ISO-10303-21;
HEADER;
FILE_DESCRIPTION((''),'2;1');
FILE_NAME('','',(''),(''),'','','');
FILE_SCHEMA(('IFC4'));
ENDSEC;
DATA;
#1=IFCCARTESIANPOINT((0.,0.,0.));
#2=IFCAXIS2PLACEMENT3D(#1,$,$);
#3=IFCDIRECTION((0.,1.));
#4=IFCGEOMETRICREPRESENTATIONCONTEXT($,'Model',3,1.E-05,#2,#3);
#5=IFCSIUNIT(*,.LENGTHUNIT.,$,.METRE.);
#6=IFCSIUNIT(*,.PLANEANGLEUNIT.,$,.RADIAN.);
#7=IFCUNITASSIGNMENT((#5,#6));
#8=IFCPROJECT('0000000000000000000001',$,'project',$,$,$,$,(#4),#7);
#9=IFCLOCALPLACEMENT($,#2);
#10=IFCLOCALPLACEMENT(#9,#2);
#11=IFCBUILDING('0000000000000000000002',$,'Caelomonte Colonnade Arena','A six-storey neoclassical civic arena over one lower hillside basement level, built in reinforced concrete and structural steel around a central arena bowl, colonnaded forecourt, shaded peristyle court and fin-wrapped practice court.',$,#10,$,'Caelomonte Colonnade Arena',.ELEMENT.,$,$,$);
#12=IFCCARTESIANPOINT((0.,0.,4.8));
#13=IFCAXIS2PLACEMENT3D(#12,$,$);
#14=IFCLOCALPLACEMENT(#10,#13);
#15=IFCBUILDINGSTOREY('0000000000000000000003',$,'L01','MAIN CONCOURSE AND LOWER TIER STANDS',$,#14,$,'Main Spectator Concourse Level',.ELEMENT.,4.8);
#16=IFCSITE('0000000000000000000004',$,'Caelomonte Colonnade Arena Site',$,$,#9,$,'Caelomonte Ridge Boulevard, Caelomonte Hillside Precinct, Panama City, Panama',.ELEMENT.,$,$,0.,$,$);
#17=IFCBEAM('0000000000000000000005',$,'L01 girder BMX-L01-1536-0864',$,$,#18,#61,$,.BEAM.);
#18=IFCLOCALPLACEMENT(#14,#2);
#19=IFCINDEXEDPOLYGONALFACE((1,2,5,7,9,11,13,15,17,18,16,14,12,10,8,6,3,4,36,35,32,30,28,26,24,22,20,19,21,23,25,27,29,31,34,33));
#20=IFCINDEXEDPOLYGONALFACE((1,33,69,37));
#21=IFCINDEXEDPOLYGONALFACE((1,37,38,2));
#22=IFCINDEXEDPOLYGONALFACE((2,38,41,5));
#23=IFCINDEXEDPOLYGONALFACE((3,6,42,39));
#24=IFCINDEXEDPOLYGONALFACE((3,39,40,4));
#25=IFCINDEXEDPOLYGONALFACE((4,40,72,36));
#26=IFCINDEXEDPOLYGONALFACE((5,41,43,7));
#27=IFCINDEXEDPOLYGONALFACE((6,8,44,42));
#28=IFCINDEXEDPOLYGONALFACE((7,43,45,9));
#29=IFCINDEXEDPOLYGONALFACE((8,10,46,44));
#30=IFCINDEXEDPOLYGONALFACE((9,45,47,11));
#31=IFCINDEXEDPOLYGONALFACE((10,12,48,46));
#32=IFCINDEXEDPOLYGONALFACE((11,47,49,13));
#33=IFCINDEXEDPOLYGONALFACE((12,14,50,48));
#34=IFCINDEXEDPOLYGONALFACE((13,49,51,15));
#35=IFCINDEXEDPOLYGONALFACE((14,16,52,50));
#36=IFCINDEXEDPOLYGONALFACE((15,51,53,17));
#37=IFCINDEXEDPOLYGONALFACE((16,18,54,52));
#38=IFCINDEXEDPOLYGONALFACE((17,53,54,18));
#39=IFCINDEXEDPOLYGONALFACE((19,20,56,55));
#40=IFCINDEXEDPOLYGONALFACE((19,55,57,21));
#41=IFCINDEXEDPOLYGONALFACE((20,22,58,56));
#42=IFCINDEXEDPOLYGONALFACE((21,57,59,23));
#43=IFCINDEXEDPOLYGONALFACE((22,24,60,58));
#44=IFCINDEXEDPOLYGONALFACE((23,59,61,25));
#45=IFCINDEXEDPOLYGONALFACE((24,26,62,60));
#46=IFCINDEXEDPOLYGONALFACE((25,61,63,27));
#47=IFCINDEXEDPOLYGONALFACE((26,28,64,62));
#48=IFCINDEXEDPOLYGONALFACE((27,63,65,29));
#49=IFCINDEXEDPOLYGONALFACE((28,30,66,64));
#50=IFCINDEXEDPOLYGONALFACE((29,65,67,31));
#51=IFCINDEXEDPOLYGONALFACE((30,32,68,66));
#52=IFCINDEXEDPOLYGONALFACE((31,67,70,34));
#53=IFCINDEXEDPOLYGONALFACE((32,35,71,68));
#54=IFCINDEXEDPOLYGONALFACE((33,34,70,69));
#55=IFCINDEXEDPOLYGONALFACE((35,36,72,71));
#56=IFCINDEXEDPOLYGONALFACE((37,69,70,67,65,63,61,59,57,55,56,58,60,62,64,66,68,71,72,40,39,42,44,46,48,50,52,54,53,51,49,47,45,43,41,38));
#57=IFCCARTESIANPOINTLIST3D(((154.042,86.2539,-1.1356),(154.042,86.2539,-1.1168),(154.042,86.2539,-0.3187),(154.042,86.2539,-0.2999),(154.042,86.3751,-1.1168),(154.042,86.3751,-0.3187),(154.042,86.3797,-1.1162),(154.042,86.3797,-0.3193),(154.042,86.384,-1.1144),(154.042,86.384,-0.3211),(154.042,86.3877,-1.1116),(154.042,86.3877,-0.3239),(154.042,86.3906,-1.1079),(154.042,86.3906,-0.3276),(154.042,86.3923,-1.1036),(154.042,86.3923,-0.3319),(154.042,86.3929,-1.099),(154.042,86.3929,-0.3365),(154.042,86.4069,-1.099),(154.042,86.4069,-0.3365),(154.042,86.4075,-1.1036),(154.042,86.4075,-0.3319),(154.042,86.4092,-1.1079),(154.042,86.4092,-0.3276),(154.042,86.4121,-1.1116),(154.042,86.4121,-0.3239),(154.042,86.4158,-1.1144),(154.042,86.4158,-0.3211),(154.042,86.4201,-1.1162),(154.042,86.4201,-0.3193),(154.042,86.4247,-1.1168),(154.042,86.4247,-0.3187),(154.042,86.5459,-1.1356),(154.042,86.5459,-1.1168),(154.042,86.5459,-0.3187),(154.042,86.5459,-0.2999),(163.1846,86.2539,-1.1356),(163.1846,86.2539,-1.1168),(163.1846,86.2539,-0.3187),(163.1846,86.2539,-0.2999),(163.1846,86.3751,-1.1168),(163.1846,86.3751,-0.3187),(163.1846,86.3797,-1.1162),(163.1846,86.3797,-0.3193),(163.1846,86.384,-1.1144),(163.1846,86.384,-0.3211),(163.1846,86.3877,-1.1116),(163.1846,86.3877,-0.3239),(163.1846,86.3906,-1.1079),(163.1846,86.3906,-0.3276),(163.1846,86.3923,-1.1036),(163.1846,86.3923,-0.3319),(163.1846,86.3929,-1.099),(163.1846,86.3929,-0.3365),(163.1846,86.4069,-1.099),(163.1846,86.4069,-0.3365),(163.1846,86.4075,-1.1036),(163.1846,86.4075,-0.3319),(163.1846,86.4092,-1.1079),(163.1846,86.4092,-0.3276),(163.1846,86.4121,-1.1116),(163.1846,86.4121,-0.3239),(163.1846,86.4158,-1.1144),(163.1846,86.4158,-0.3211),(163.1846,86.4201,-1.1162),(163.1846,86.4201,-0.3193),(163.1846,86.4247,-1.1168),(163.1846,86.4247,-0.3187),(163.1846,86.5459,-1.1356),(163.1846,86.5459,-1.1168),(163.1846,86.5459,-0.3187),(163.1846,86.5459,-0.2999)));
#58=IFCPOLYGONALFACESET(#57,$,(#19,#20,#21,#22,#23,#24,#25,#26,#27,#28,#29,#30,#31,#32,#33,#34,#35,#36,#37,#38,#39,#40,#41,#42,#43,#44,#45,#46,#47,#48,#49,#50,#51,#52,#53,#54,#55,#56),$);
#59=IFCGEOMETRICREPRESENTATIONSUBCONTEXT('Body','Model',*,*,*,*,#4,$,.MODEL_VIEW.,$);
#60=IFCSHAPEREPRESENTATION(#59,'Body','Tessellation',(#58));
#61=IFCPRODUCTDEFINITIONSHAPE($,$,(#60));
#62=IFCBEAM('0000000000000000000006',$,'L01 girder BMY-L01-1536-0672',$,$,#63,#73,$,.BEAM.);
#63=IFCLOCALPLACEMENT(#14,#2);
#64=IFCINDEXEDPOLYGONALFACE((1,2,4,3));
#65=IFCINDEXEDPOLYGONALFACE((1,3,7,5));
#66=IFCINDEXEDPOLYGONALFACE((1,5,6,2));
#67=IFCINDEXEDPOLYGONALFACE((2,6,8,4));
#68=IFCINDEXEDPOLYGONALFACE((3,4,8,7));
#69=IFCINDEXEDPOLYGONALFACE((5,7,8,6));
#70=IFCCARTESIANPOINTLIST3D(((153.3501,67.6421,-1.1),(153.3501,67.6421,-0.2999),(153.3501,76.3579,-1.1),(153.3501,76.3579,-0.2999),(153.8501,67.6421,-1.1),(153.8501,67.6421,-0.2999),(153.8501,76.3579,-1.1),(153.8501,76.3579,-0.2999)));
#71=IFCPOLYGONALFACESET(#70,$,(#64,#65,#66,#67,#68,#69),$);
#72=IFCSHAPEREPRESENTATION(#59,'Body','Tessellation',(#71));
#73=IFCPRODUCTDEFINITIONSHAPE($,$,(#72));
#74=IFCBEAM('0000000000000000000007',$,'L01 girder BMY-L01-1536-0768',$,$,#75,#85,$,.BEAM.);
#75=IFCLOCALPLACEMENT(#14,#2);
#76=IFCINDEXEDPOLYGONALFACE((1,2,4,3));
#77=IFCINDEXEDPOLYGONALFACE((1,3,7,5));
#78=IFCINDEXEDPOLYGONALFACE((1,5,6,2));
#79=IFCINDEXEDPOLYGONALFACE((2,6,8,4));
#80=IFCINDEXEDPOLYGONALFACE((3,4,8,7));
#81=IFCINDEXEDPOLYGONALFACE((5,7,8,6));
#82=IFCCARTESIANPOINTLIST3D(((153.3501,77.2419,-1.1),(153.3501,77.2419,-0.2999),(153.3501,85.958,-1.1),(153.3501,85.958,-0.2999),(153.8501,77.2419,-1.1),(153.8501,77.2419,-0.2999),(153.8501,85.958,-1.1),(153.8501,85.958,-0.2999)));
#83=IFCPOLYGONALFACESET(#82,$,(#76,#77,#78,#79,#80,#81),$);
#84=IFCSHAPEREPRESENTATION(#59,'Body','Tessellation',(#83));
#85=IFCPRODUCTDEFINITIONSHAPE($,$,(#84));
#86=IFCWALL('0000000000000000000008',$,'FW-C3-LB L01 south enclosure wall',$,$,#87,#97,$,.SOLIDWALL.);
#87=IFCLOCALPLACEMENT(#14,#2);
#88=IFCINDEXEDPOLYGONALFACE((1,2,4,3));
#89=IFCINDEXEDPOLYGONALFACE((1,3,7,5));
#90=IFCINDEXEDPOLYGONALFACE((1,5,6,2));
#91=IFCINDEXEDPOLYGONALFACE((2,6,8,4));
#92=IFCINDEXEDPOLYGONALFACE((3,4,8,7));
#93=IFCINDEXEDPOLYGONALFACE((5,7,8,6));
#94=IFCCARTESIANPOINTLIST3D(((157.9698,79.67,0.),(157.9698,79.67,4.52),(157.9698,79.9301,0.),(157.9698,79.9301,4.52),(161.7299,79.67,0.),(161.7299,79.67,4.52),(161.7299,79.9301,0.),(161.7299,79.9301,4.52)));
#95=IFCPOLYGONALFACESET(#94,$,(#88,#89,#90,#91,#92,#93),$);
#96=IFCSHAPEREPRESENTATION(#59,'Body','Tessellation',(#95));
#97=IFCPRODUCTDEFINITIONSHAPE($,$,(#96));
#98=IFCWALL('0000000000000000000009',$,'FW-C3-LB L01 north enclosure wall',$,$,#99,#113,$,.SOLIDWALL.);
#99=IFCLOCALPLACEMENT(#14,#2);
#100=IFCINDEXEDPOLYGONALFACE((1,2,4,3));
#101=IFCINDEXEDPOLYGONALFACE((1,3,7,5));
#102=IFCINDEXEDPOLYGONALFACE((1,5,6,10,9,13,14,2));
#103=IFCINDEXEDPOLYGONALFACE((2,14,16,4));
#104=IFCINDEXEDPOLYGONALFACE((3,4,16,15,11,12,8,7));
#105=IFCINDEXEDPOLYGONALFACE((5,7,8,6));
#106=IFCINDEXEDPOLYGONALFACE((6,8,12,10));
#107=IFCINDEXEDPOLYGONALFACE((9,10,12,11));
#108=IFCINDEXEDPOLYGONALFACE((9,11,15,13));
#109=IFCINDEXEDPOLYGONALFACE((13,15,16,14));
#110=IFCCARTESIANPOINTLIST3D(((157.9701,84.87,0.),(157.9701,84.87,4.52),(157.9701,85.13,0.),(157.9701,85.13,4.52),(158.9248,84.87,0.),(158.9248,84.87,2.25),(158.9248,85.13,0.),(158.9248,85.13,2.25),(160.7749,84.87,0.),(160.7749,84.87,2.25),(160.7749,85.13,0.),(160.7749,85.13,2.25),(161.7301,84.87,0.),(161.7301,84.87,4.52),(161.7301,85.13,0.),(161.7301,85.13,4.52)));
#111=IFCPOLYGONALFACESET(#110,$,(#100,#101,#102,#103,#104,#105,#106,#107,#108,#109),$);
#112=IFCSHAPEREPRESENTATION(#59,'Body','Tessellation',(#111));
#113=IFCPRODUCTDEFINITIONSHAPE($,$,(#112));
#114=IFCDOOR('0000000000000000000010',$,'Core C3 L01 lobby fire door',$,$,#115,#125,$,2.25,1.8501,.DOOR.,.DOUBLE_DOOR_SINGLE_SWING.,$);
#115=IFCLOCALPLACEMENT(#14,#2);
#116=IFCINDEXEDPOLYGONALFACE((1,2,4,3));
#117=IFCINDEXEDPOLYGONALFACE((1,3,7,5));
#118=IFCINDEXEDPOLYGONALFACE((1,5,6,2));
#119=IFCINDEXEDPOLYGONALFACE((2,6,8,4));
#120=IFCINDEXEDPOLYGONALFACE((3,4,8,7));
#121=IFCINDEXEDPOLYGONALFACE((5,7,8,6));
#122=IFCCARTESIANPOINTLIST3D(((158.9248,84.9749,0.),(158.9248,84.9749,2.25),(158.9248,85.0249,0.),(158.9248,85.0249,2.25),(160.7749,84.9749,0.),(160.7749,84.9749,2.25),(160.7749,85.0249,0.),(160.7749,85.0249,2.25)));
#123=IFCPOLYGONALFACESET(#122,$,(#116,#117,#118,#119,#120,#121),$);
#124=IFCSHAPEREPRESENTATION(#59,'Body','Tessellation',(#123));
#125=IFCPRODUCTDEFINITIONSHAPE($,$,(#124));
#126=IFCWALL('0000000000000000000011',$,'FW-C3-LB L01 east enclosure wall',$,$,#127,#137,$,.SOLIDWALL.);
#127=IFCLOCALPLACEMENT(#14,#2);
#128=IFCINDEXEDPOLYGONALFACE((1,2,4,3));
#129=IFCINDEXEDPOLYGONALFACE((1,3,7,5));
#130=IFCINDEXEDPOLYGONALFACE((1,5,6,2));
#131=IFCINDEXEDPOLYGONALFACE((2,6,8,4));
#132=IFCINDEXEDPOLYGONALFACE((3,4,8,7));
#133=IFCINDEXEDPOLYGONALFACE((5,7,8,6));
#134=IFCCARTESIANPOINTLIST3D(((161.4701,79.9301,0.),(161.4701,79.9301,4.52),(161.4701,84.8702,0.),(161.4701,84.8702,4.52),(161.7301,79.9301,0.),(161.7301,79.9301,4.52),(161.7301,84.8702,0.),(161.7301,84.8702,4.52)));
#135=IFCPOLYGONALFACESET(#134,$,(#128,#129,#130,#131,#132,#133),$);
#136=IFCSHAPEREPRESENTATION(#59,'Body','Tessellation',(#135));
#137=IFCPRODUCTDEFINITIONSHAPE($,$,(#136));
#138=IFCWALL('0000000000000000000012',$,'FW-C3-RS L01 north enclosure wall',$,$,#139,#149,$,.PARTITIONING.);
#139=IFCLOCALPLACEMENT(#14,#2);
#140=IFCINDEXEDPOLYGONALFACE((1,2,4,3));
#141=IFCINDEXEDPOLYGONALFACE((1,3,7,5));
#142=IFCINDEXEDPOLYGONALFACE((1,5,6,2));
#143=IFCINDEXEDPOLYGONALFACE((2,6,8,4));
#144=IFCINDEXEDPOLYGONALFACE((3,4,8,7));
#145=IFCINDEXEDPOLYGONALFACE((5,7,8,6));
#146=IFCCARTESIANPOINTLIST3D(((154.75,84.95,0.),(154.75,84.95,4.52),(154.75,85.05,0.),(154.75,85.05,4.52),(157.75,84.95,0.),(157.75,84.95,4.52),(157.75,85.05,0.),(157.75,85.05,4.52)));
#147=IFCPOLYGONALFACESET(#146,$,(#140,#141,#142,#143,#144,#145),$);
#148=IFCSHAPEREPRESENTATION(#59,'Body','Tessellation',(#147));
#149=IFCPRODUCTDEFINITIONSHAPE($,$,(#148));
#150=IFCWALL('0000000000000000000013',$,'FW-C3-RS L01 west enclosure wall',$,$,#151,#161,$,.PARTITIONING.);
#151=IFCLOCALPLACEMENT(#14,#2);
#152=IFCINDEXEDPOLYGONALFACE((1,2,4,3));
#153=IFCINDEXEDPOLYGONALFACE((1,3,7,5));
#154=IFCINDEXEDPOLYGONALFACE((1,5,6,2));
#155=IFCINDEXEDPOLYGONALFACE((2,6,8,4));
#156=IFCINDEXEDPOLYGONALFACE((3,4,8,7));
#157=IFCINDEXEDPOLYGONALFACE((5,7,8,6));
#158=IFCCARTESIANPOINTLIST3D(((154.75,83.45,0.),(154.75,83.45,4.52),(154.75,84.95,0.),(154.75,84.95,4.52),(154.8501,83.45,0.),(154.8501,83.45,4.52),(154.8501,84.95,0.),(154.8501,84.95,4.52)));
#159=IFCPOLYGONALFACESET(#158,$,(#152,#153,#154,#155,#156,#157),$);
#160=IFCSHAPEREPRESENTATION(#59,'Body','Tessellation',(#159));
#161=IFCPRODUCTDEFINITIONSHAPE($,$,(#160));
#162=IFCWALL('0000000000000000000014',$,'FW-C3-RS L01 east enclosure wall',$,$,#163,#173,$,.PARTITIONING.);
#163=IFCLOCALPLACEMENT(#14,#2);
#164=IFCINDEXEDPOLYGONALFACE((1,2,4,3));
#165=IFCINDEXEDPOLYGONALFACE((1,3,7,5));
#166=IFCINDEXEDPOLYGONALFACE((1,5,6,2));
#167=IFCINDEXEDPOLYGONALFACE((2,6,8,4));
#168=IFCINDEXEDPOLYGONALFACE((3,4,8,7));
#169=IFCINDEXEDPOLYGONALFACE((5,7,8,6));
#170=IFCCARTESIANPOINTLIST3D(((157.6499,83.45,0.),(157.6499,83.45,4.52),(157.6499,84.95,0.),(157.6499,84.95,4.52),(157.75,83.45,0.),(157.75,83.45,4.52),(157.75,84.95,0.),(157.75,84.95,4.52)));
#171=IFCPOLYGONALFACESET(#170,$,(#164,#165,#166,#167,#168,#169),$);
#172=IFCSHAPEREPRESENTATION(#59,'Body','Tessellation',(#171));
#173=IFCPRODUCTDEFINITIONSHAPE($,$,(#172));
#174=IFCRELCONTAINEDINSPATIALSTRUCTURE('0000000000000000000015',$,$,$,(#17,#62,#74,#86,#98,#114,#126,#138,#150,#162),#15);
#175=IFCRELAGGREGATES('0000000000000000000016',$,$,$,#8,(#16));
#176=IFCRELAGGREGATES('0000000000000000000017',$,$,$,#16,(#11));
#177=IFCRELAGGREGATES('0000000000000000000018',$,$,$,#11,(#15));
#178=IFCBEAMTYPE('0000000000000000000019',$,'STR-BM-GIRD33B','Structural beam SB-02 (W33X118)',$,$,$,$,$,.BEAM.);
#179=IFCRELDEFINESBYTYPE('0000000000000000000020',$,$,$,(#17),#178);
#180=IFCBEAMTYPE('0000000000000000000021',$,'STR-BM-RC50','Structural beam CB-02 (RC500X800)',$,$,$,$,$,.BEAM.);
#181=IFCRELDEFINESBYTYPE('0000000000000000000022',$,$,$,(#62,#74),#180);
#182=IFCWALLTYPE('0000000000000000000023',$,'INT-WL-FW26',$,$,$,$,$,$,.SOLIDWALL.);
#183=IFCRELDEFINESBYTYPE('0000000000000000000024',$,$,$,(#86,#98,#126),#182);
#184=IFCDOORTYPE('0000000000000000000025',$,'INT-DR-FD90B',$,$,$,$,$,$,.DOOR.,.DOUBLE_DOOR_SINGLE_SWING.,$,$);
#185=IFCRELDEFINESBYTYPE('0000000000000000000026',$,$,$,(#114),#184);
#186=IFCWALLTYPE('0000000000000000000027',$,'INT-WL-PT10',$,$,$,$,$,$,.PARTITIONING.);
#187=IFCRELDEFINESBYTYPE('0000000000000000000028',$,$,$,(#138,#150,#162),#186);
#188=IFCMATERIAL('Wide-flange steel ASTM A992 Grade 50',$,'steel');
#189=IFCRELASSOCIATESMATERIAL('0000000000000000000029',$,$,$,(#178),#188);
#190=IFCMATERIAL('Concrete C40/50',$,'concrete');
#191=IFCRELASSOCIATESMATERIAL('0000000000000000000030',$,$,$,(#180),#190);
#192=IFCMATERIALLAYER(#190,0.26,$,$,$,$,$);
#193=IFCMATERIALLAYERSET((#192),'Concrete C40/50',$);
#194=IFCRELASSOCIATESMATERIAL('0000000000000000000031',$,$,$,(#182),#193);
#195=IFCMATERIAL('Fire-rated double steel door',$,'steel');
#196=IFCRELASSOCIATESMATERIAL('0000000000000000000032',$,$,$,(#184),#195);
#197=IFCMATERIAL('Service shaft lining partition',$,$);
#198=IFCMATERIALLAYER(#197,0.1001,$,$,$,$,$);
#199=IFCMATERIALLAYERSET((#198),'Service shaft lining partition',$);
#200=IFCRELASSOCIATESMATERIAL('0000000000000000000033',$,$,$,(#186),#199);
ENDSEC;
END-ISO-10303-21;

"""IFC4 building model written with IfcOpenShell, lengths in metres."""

from ifc_helpers import new_model, si_unit, direction, frame, frame_2d, origin, origin_2d, place, context, subcontext, project, spatial, rectangle, i_section, extrude, material, layer, layer_set, material_profile, profile_set, type_object, element, fill, save


model = new_model("IFC4")

# Units and contexts
model_context = context("Model", 3, precision=1e-05, world=origin(), true_north=direction((0.0, 1.0)))
body_context = subcontext(model_context, "Body", "Model", "MODEL_VIEW")
ifc_project = project(units=[si_unit("LENGTHUNIT", "METRE"), si_unit("PLANEANGLEUNIT", "RADIAN")], contexts=[model_context])

# Site, building, storey
site_placement = place(None, origin())
site = spatial("IfcSite", under=ifc_project, at=site_placement, Name="Caelomonte Colonnade Arena Site", LongName="Caelomonte Ridge Boulevard, Caelomonte Hillside Precinct, Panama City, Panama", CompositionType="ELEMENT", RefElevation=0.0)
building_placement = place(site_placement, origin())
building = spatial("IfcBuilding", under=site, at=building_placement, Name="Caelomonte Colonnade Arena", Description="A six-storey neoclassical civic arena over one lower hillside basement level, built in reinforced concrete and structural steel around a central arena bowl, colonnaded forecourt, shaded peristyle court and fin-wrapped practice court.", LongName="Caelomonte Colonnade Arena", CompositionType="ELEMENT")
storey_placement = place(building_placement, frame((0.0, 0.0, 4.8)))
storey = spatial("IfcBuildingStorey", under=building, at=storey_placement, Name="L01", Description="MAIN CONCOURSE AND LOWER TIER STANDS", LongName="Main Spectator Concourse Level", CompositionType="ELEMENT", Elevation=4.8)

# Shared definitions
ifc_material_1 = material(Name="Wide-flange steel ASTM A992 Grade 50", Category="steel")

# Beams
ifc_material_profile_1 = material_profile(ifc_material_1, i_section(OverallWidth=0.292, OverallDepth=0.8357, WebThickness=0.0139, FlangeThickness=0.0188, FilletRadius=0.0178, at=origin_2d()), Name="W33X118")
ifc_profile_set_1 = profile_set([ifc_material_profile_1], Name="Wide-flange steel ASTM A992 Grade 50")
beam_type_1 = type_object("IfcBeamType", Name="STR-BM-GIRD33B", Description="Structural beam SB-02 (W33X118)", PredefinedType="BEAM", material=ifc_profile_set_1)
for number, where, z_axis, x_axis, name in (
    (1, (154.042, 86.3999, -0.7178), (1.0, 0.0, 0.0), (0.0, 1.0, 0.0), "L01 girder BMX-L01-1536-0864"),
):
    element("IfcBeam", number, at=place(storey_placement, frame(where, z_axis=z_axis, x_axis=x_axis)), inside=storey, type_object=beam_type_1, Name=name, PredefinedType="BEAM", context=body_context, shape_type="SweptSolid", body=[
        extrude(i_section(OverallWidth=0.292, OverallDepth=0.8357, WebThickness=0.0139, FlangeThickness=0.0188, FilletRadius=0.0178, at=origin_2d()), origin(), (0.0, 0.0, 1.0), 9.1426),
    ])
ifc_material_2 = material(Name="Concrete C40/50", Category="concrete")
ifc_material_profile_2 = material_profile(ifc_material_2, rectangle(XDim=0.5, YDim=0.8, at=origin_2d()), Name="RC500X800")
ifc_profile_set_2 = profile_set([ifc_material_profile_2], Name="Concrete C40/50")
beam_type_2 = type_object("IfcBeamType", Name="STR-BM-RC50", Description="Structural beam CB-02 (RC500X800)", PredefinedType="BEAM", material=ifc_profile_set_2)
beam_1_placement = place(storey_placement, frame((153.6001, 67.6421, -0.7), z_axis=(0.0, 1.0, 0.0), x_axis=(-1.0, 0.0, 0.0)))
element("IfcBeam", 2, at=beam_1_placement, inside=storey, type_object=beam_type_2, Name="L01 girder BMY-L01-1536-0672", PredefinedType="BEAM", context=body_context, shape_type="SweptSolid", body=[
    extrude(rectangle(XDim=0.5, YDim=0.8, at=origin_2d()), origin(), (0.0, 0.0, 1.0), 8.7158),
])
beam_2_placement = place(storey_placement, frame((153.6001, 77.2419, -0.7), z_axis=(0.0, 1.0, 0.0), x_axis=(-1.0, 0.0, 0.0)))
element("IfcBeam", 3, at=beam_2_placement, inside=storey, type_object=beam_type_2, Name="L01 girder BMY-L01-1536-0768", PredefinedType="BEAM", context=body_context, shape_type="SweptSolid", body=[
    extrude(rectangle(XDim=0.5, YDim=0.8, at=origin_2d()), origin(), (0.0, 0.0, 1.0), 8.7161),
])

# Wall
ifc_layer_1 = layer(ifc_material_2, 0.26)
ifc_layer_set_1 = layer_set([ifc_layer_1], Name="Concrete C40/50")
wall_type_1 = type_object("IfcWallType", Name="INT-WL-FW26", PredefinedType="SOLIDWALL", material=ifc_layer_set_1)
wall_1_placement = place(storey_placement, frame((157.97, 79.8, 0.0), z_axis=(0.0, 0.0, 1.0), x_axis=(1.0, 0.0, 0.0)))
element("IfcWall", 4, at=wall_1_placement, inside=storey, type_object=wall_type_1, Name="FW-C3-LB L01 south enclosure wall", PredefinedType="SOLIDWALL", context=body_context, shape_type="SweptSolid", body=[
    extrude(rectangle(XDim=3.76, YDim=0.26, at=frame_2d((1.8799, 0.0))), origin(), (0.0, 0.0, 1.0), 4.52),
])

# Wall, opening, door
wall_2_placement = place(storey_placement, frame((161.73, 85.0, 0.0), z_axis=(0.0, 0.0, 1.0), x_axis=(-1.0, 0.0, 0.0)))
wall_2 = element("IfcWall", 5, at=wall_2_placement, inside=storey, type_object=wall_type_1, Name="FW-C3-LB L01 north enclosure wall", PredefinedType="SOLIDWALL", context=body_context, shape_type="SweptSolid", body=[
    extrude(rectangle(XDim=3.76, YDim=0.26, at=frame_2d((1.8799, 0.0))), origin(), (0.0, 0.0, 1.0), 4.52),
])
opening_1_placement = place(wall_2_placement, frame((2.8052, 0.0, 0.0), z_axis=(0.0, 0.0, 1.0), x_axis=(-1.0, 0.0, 0.0)))
opening_1 = element("IfcOpeningElement", 6, at=opening_1_placement, cuts=wall_2, PredefinedType="OPENING", context=body_context, shape_type="SweptSolid", body=[
    extrude(rectangle(XDim=1.8501, YDim=2.25, at=frame_2d((0.925, 1.125))), frame((0.0, 0.1399, 0.0), z_axis=(0.0, -1.0, 0.0), x_axis=(1.0, 0.0, 0.0)), (0.0, 0.0, 1.0), 0.28),
])
ifc_material_3 = material(Name="Fire-rated double steel door", Category="steel")
door_type_1 = type_object("IfcDoorType", Name="INT-DR-FD90B", OperationType="DOUBLE_DOOR_SINGLE_SWING", PredefinedType="DOOR", material=ifc_material_3)
door_1_placement = place(opening_1_placement, origin())
door_1 = element("IfcDoor", 7, at=door_1_placement, inside=storey, type_object=door_type_1, Name="Core C3 L01 lobby fire door", OperationType="DOUBLE_DOOR_SINGLE_SWING", OverallHeight=2.25, OverallWidth=1.8501, PredefinedType="DOOR", context=body_context, shape_type="SweptSolid", body=[
    extrude(rectangle(XDim=1.8501, YDim=2.25, at=frame_2d((0.925, 1.125))), frame((0.0, 0.0249, 0.0), z_axis=(0.0, -1.0, 0.0), x_axis=(1.0, 0.0, 0.0)), (0.0, 0.0, 1.0), 0.05),
])
fill(opening_1, door_1)

# Walls
wall_3_placement = place(storey_placement, frame((161.6001, 79.9299, 0.0), z_axis=(0.0, 0.0, 1.0), x_axis=(0.0, 1.0, 0.0)))
element("IfcWall", 8, at=wall_3_placement, inside=storey, type_object=wall_type_1, Name="FW-C3-LB L01 east enclosure wall", PredefinedType="SOLIDWALL", context=body_context, shape_type="SweptSolid", body=[
    extrude(rectangle(XDim=4.9402, YDim=0.26, at=frame_2d((2.4702, 0.0))), origin(), (0.0, 0.0, 1.0), 4.52),
])
ifc_material_4 = material(Name="Service shaft lining partition")
ifc_layer_2 = layer(ifc_material_4, 0.1001)
ifc_layer_set_2 = layer_set([ifc_layer_2], Name="Service shaft lining partition")
wall_type_2 = type_object("IfcWallType", Name="INT-WL-PT10", PredefinedType="PARTITIONING", material=ifc_layer_set_2)
wall_4_placement = place(storey_placement, frame((157.75, 85.0, 0.0), z_axis=(0.0, 0.0, 1.0), x_axis=(-1.0, 0.0, 0.0)))
element("IfcWall", 9, at=wall_4_placement, inside=storey, type_object=wall_type_2, Name="FW-C3-RS L01 north enclosure wall", PredefinedType="PARTITIONING", context=body_context, shape_type="SweptSolid", body=[
    extrude(rectangle(XDim=3.0, YDim=0.1001, at=frame_2d((1.5, 0.0))), origin(), (0.0, 0.0, 1.0), 4.52),
])
for number, where, z_axis, x_axis, name in (
    (10, (154.8, 84.95, 0.0), (0.0, 0.0, 1.0), (0.0, -1.0, 0.0), "FW-C3-RS L01 west enclosure wall"),
    (11, (157.7, 83.45, 0.0), (0.0, 0.0, 1.0), (0.0, 1.0, 0.0), "FW-C3-RS L01 east enclosure wall"),
):
    element("IfcWall", number, at=place(storey_placement, frame(where, z_axis=z_axis, x_axis=x_axis)), inside=storey, type_object=wall_type_2, Name=name, PredefinedType="PARTITIONING", context=body_context, shape_type="SweptSolid", body=[
        extrude(rectangle(XDim=1.5, YDim=0.1001, at=frame_2d((0.75, 0.0))), origin(), (0.0, 0.0, 1.0), 4.52),
    ])

save(model, "model.ifc")
